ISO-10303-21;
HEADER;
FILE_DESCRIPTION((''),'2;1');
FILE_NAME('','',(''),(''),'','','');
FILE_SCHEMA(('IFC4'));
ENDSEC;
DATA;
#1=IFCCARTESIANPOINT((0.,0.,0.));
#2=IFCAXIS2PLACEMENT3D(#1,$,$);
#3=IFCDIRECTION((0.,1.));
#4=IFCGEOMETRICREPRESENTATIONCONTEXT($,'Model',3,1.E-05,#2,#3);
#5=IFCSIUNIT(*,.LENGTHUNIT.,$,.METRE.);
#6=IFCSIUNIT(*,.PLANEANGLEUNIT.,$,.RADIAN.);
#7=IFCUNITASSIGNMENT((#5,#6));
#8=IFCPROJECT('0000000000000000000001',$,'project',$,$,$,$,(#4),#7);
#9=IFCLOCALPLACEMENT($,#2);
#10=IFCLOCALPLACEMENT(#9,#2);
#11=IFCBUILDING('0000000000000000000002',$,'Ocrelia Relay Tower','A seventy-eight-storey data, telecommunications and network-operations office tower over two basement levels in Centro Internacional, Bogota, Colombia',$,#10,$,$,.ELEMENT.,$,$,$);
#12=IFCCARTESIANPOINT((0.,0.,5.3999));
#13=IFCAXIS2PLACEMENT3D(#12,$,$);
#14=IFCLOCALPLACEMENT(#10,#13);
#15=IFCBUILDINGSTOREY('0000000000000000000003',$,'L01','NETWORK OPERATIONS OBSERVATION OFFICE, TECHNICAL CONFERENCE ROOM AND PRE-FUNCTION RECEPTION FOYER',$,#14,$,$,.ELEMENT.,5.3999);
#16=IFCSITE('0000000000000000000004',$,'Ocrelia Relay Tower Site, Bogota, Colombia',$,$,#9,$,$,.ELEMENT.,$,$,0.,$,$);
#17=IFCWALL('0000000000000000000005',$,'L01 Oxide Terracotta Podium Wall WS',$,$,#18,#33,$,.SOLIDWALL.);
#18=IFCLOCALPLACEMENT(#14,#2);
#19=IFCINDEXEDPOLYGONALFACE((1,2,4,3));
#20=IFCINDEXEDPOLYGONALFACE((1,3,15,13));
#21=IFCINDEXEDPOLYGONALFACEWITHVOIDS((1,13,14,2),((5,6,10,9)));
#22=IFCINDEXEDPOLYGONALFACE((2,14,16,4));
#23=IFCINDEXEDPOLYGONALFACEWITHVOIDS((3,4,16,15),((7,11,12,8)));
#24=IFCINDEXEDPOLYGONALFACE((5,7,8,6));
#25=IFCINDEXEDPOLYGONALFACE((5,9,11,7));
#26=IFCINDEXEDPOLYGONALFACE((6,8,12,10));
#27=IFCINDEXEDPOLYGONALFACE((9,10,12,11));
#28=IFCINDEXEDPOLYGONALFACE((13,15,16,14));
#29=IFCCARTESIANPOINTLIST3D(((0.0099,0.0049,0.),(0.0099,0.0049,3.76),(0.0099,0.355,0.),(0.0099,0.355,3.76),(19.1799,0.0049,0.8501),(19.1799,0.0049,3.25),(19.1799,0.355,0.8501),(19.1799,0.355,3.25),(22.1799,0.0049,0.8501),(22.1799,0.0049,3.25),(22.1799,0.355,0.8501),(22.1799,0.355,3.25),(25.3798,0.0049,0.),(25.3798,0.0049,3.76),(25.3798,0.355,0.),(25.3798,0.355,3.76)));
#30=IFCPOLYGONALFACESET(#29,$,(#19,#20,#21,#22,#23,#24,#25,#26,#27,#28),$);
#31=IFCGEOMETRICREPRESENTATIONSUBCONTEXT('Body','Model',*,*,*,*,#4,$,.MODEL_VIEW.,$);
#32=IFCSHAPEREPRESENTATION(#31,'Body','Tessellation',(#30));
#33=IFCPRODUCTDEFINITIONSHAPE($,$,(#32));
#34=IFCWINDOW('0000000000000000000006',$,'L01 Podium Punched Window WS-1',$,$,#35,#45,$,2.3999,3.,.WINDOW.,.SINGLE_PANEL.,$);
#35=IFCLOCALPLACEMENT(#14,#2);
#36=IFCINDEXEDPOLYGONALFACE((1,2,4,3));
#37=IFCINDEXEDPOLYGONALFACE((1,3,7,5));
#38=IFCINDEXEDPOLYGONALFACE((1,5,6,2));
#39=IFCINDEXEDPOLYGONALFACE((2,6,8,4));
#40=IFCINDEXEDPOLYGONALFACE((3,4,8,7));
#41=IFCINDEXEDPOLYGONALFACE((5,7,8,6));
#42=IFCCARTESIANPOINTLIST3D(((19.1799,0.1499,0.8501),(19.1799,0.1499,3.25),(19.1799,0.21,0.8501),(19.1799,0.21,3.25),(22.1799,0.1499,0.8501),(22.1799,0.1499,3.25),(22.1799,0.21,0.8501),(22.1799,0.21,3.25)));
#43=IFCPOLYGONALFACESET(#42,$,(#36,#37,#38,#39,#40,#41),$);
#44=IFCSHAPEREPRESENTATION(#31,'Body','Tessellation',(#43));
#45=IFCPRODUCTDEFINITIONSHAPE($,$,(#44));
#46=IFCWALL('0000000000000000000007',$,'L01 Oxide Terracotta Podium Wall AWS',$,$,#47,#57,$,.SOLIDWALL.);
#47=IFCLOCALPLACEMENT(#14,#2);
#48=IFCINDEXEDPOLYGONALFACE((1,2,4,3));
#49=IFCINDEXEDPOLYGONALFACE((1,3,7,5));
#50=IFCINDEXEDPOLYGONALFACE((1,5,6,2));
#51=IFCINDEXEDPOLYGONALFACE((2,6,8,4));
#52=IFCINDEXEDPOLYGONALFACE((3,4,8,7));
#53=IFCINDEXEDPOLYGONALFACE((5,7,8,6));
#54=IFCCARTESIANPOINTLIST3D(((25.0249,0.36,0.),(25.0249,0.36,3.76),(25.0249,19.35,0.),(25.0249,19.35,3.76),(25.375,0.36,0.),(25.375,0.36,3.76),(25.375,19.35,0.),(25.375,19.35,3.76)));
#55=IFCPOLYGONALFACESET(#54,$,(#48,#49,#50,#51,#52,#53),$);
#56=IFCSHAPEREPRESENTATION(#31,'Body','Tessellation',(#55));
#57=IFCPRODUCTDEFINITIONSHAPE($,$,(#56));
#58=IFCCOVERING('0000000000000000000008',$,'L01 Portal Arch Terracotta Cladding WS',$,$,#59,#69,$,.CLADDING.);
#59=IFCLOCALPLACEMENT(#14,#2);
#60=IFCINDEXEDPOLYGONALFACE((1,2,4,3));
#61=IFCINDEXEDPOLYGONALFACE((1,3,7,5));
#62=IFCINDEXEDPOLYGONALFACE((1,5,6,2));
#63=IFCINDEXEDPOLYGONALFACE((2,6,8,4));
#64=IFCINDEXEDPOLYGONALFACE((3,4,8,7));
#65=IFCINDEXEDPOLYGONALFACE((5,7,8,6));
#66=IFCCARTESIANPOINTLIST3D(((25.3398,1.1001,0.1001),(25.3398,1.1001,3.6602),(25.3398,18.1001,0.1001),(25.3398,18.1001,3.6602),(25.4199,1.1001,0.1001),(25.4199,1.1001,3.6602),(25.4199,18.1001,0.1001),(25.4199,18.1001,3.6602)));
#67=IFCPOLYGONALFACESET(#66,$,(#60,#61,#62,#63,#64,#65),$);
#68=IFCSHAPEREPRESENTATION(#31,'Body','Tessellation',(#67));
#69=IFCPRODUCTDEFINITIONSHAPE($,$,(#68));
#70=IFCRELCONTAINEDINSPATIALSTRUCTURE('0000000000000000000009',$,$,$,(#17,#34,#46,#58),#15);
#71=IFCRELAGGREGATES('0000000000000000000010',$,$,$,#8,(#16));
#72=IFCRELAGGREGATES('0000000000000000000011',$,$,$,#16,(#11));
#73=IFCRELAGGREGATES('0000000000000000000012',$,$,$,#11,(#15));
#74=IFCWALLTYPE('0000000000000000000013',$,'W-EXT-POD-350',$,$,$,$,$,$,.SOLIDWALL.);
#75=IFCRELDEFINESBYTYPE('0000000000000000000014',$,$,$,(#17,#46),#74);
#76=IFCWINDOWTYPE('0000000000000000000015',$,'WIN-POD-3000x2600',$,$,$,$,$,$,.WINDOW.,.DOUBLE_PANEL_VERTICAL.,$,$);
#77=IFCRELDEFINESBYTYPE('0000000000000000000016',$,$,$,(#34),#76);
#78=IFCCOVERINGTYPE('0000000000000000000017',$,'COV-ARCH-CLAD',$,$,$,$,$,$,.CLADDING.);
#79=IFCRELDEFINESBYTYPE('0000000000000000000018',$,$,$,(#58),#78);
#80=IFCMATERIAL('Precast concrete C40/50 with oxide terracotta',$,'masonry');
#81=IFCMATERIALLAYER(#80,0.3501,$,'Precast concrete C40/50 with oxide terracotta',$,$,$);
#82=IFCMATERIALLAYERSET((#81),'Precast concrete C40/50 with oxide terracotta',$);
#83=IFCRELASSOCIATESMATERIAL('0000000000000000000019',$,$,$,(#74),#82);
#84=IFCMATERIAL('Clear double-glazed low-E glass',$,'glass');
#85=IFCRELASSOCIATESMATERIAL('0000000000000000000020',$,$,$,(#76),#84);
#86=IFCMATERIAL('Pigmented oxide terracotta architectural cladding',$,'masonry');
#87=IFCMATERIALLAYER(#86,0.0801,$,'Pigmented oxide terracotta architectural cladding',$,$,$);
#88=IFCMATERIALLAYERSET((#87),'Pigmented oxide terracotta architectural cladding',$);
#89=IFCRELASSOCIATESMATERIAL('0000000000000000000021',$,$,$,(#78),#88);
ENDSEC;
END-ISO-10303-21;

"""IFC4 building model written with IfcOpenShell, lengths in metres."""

from ifc_helpers import new_model, si_unit, direction, frame, frame_2d, origin, origin_2d, place, context, subcontext, project, spatial, rectangle, extrude, material, layer, layer_set, type_object, element, fill, save


model = new_model("IFC4")

# Units and contexts
model_context = context("Model", 3, precision=1e-05, world=origin(), true_north=direction((0.0, 1.0)))
body_context = subcontext(model_context, "Body", "Model", "MODEL_VIEW")
ifc_project = project(units=[si_unit("LENGTHUNIT", "METRE"), si_unit("PLANEANGLEUNIT", "RADIAN")], contexts=[model_context])

# Site, building, storey
site_placement = place(None, origin())
site = spatial("IfcSite", under=ifc_project, at=site_placement, Name="Ocrelia Relay Tower Site, Bogota, Colombia", CompositionType="ELEMENT", RefElevation=0.0)
building_placement = place(site_placement, origin())
building = spatial("IfcBuilding", under=site, at=building_placement, Name="Ocrelia Relay Tower", Description="A seventy-eight-storey data, telecommunications and network-operations office tower over two basement levels in Centro Internacional, Bogota, Colombia", CompositionType="ELEMENT")
storey_placement = place(building_placement, frame((0.0, 0.0, 5.3999)))
storey = spatial("IfcBuildingStorey", under=building, at=storey_placement, Name="L01", Description="NETWORK OPERATIONS OBSERVATION OFFICE, TECHNICAL CONFERENCE ROOM AND PRE-FUNCTION RECEPTION FOYER", CompositionType="ELEMENT", Elevation=5.3999)

# Shared definitions
ifc_material_1 = material(Name="Clear double-glazed low-E glass", Category="glass")

# Wall, opening, window
ifc_material_2 = material(Name="Precast concrete C40/50 with oxide terracotta", Category="masonry")
ifc_layer_1 = layer(ifc_material_2, 0.3501, Name="Precast concrete C40/50 with oxide terracotta")
ifc_layer_set_1 = layer_set([ifc_layer_1], Name="Precast concrete C40/50 with oxide terracotta")
wall_type = type_object("IfcWallType", Name="W-EXT-POD-350", PredefinedType="SOLIDWALL", material=ifc_layer_set_1)
wall_1_placement = place(storey_placement, frame((25.3799, 0.1799, 0.0), z_axis=(0.0, 0.0, 1.0), x_axis=(-1.0, 0.0, 0.0)))
wall_1 = element("IfcWall", 1, at=wall_1_placement, inside=storey, type_object=wall_type, Name="L01 Oxide Terracotta Podium Wall WS", PredefinedType="SOLIDWALL", context=body_context, shape_type="SweptSolid", body=[
    extrude(rectangle(XDim=25.3699, YDim=0.3501, at=frame_2d((12.6851, 0.0))), origin(), (0.0, 0.0, 1.0), 3.76),
])
opening_placement = place(wall_1_placement, frame((3.2, 0.0, 0.8501)))
opening = element("IfcOpeningElement", 2, at=opening_placement, cuts=wall_1, PredefinedType="OPENING", context=body_context, shape_type="SweptSolid", body=[
    extrude(rectangle(XDim=3.0, YDim=2.3999, at=frame_2d((1.5, 1.2))), frame((0.0, 0.1851, 0.0), z_axis=(0.0, -1.0, 0.0), x_axis=(1.0, 0.0, 0.0)), (0.0, 0.0, 1.0), 0.3701),
])
window_type = type_object("IfcWindowType", Name="WIN-POD-3000x2600", PartitioningType="DOUBLE_PANEL_VERTICAL", PredefinedType="WINDOW", material=ifc_material_1)
window_placement = place(opening_placement, origin())
window = element("IfcWindow", 3, at=window_placement, inside=storey, type_object=window_type, Name="L01 Podium Punched Window WS-1", OverallHeight=2.3999, OverallWidth=3.0, PartitioningType="SINGLE_PANEL", PredefinedType="WINDOW", context=body_context, shape_type="SweptSolid", body=[
    extrude(rectangle(XDim=3.0, YDim=2.3999, at=frame_2d((1.5, 1.2))), frame((0.0, 0.03, 0.0), z_axis=(0.0, -1.0, 0.0), x_axis=(1.0, 0.0, 0.0)), (0.0, 0.0, 1.0), 0.0601),
])
fill(opening, window)

# Wall
wall_2_placement = place(storey_placement, frame((25.2, 19.3501, 0.0), z_axis=(0.0, 0.0, 1.0), x_axis=(0.0, -1.0, 0.0)))
element("IfcWall", 4, at=wall_2_placement, inside=storey, type_object=wall_type, Name="L01 Oxide Terracotta Podium Wall AWS", PredefinedType="SOLIDWALL", context=body_context, shape_type="SweptSolid", body=[
    extrude(rectangle(XDim=18.99, YDim=0.3501, at=frame_2d((9.4951, 0.0))), origin(), (0.0, 0.0, 1.0), 3.76),
])

# Covering
ifc_material_3 = material(Name="Pigmented oxide terracotta architectural cladding", Category="masonry")
ifc_layer_2 = layer(ifc_material_3, 0.0801, Name="Pigmented oxide terracotta architectural cladding")
ifc_layer_set_2 = layer_set([ifc_layer_2], Name="Pigmented oxide terracotta architectural cladding")
covering_type = type_object("IfcCoveringType", Name="COV-ARCH-CLAD", PredefinedType="CLADDING", material=ifc_layer_set_2)
covering_placement = place(storey_placement, frame((25.3799, 9.6001, 0.1001), z_axis=(0.0, 0.0, 1.0), x_axis=(1.0, 0.0, 0.0)))
element("IfcCovering", 5, at=covering_placement, inside=storey, type_object=covering_type, Name="L01 Portal Arch Terracotta Cladding WS", PredefinedType="CLADDING", context=body_context, shape_type="SweptSolid", body=[
    extrude(rectangle(XDim=0.0801, YDim=17.0, at=origin_2d()), origin(), (0.0, 0.0, 1.0), 3.5601),
])

save(model, "model.ifc")
